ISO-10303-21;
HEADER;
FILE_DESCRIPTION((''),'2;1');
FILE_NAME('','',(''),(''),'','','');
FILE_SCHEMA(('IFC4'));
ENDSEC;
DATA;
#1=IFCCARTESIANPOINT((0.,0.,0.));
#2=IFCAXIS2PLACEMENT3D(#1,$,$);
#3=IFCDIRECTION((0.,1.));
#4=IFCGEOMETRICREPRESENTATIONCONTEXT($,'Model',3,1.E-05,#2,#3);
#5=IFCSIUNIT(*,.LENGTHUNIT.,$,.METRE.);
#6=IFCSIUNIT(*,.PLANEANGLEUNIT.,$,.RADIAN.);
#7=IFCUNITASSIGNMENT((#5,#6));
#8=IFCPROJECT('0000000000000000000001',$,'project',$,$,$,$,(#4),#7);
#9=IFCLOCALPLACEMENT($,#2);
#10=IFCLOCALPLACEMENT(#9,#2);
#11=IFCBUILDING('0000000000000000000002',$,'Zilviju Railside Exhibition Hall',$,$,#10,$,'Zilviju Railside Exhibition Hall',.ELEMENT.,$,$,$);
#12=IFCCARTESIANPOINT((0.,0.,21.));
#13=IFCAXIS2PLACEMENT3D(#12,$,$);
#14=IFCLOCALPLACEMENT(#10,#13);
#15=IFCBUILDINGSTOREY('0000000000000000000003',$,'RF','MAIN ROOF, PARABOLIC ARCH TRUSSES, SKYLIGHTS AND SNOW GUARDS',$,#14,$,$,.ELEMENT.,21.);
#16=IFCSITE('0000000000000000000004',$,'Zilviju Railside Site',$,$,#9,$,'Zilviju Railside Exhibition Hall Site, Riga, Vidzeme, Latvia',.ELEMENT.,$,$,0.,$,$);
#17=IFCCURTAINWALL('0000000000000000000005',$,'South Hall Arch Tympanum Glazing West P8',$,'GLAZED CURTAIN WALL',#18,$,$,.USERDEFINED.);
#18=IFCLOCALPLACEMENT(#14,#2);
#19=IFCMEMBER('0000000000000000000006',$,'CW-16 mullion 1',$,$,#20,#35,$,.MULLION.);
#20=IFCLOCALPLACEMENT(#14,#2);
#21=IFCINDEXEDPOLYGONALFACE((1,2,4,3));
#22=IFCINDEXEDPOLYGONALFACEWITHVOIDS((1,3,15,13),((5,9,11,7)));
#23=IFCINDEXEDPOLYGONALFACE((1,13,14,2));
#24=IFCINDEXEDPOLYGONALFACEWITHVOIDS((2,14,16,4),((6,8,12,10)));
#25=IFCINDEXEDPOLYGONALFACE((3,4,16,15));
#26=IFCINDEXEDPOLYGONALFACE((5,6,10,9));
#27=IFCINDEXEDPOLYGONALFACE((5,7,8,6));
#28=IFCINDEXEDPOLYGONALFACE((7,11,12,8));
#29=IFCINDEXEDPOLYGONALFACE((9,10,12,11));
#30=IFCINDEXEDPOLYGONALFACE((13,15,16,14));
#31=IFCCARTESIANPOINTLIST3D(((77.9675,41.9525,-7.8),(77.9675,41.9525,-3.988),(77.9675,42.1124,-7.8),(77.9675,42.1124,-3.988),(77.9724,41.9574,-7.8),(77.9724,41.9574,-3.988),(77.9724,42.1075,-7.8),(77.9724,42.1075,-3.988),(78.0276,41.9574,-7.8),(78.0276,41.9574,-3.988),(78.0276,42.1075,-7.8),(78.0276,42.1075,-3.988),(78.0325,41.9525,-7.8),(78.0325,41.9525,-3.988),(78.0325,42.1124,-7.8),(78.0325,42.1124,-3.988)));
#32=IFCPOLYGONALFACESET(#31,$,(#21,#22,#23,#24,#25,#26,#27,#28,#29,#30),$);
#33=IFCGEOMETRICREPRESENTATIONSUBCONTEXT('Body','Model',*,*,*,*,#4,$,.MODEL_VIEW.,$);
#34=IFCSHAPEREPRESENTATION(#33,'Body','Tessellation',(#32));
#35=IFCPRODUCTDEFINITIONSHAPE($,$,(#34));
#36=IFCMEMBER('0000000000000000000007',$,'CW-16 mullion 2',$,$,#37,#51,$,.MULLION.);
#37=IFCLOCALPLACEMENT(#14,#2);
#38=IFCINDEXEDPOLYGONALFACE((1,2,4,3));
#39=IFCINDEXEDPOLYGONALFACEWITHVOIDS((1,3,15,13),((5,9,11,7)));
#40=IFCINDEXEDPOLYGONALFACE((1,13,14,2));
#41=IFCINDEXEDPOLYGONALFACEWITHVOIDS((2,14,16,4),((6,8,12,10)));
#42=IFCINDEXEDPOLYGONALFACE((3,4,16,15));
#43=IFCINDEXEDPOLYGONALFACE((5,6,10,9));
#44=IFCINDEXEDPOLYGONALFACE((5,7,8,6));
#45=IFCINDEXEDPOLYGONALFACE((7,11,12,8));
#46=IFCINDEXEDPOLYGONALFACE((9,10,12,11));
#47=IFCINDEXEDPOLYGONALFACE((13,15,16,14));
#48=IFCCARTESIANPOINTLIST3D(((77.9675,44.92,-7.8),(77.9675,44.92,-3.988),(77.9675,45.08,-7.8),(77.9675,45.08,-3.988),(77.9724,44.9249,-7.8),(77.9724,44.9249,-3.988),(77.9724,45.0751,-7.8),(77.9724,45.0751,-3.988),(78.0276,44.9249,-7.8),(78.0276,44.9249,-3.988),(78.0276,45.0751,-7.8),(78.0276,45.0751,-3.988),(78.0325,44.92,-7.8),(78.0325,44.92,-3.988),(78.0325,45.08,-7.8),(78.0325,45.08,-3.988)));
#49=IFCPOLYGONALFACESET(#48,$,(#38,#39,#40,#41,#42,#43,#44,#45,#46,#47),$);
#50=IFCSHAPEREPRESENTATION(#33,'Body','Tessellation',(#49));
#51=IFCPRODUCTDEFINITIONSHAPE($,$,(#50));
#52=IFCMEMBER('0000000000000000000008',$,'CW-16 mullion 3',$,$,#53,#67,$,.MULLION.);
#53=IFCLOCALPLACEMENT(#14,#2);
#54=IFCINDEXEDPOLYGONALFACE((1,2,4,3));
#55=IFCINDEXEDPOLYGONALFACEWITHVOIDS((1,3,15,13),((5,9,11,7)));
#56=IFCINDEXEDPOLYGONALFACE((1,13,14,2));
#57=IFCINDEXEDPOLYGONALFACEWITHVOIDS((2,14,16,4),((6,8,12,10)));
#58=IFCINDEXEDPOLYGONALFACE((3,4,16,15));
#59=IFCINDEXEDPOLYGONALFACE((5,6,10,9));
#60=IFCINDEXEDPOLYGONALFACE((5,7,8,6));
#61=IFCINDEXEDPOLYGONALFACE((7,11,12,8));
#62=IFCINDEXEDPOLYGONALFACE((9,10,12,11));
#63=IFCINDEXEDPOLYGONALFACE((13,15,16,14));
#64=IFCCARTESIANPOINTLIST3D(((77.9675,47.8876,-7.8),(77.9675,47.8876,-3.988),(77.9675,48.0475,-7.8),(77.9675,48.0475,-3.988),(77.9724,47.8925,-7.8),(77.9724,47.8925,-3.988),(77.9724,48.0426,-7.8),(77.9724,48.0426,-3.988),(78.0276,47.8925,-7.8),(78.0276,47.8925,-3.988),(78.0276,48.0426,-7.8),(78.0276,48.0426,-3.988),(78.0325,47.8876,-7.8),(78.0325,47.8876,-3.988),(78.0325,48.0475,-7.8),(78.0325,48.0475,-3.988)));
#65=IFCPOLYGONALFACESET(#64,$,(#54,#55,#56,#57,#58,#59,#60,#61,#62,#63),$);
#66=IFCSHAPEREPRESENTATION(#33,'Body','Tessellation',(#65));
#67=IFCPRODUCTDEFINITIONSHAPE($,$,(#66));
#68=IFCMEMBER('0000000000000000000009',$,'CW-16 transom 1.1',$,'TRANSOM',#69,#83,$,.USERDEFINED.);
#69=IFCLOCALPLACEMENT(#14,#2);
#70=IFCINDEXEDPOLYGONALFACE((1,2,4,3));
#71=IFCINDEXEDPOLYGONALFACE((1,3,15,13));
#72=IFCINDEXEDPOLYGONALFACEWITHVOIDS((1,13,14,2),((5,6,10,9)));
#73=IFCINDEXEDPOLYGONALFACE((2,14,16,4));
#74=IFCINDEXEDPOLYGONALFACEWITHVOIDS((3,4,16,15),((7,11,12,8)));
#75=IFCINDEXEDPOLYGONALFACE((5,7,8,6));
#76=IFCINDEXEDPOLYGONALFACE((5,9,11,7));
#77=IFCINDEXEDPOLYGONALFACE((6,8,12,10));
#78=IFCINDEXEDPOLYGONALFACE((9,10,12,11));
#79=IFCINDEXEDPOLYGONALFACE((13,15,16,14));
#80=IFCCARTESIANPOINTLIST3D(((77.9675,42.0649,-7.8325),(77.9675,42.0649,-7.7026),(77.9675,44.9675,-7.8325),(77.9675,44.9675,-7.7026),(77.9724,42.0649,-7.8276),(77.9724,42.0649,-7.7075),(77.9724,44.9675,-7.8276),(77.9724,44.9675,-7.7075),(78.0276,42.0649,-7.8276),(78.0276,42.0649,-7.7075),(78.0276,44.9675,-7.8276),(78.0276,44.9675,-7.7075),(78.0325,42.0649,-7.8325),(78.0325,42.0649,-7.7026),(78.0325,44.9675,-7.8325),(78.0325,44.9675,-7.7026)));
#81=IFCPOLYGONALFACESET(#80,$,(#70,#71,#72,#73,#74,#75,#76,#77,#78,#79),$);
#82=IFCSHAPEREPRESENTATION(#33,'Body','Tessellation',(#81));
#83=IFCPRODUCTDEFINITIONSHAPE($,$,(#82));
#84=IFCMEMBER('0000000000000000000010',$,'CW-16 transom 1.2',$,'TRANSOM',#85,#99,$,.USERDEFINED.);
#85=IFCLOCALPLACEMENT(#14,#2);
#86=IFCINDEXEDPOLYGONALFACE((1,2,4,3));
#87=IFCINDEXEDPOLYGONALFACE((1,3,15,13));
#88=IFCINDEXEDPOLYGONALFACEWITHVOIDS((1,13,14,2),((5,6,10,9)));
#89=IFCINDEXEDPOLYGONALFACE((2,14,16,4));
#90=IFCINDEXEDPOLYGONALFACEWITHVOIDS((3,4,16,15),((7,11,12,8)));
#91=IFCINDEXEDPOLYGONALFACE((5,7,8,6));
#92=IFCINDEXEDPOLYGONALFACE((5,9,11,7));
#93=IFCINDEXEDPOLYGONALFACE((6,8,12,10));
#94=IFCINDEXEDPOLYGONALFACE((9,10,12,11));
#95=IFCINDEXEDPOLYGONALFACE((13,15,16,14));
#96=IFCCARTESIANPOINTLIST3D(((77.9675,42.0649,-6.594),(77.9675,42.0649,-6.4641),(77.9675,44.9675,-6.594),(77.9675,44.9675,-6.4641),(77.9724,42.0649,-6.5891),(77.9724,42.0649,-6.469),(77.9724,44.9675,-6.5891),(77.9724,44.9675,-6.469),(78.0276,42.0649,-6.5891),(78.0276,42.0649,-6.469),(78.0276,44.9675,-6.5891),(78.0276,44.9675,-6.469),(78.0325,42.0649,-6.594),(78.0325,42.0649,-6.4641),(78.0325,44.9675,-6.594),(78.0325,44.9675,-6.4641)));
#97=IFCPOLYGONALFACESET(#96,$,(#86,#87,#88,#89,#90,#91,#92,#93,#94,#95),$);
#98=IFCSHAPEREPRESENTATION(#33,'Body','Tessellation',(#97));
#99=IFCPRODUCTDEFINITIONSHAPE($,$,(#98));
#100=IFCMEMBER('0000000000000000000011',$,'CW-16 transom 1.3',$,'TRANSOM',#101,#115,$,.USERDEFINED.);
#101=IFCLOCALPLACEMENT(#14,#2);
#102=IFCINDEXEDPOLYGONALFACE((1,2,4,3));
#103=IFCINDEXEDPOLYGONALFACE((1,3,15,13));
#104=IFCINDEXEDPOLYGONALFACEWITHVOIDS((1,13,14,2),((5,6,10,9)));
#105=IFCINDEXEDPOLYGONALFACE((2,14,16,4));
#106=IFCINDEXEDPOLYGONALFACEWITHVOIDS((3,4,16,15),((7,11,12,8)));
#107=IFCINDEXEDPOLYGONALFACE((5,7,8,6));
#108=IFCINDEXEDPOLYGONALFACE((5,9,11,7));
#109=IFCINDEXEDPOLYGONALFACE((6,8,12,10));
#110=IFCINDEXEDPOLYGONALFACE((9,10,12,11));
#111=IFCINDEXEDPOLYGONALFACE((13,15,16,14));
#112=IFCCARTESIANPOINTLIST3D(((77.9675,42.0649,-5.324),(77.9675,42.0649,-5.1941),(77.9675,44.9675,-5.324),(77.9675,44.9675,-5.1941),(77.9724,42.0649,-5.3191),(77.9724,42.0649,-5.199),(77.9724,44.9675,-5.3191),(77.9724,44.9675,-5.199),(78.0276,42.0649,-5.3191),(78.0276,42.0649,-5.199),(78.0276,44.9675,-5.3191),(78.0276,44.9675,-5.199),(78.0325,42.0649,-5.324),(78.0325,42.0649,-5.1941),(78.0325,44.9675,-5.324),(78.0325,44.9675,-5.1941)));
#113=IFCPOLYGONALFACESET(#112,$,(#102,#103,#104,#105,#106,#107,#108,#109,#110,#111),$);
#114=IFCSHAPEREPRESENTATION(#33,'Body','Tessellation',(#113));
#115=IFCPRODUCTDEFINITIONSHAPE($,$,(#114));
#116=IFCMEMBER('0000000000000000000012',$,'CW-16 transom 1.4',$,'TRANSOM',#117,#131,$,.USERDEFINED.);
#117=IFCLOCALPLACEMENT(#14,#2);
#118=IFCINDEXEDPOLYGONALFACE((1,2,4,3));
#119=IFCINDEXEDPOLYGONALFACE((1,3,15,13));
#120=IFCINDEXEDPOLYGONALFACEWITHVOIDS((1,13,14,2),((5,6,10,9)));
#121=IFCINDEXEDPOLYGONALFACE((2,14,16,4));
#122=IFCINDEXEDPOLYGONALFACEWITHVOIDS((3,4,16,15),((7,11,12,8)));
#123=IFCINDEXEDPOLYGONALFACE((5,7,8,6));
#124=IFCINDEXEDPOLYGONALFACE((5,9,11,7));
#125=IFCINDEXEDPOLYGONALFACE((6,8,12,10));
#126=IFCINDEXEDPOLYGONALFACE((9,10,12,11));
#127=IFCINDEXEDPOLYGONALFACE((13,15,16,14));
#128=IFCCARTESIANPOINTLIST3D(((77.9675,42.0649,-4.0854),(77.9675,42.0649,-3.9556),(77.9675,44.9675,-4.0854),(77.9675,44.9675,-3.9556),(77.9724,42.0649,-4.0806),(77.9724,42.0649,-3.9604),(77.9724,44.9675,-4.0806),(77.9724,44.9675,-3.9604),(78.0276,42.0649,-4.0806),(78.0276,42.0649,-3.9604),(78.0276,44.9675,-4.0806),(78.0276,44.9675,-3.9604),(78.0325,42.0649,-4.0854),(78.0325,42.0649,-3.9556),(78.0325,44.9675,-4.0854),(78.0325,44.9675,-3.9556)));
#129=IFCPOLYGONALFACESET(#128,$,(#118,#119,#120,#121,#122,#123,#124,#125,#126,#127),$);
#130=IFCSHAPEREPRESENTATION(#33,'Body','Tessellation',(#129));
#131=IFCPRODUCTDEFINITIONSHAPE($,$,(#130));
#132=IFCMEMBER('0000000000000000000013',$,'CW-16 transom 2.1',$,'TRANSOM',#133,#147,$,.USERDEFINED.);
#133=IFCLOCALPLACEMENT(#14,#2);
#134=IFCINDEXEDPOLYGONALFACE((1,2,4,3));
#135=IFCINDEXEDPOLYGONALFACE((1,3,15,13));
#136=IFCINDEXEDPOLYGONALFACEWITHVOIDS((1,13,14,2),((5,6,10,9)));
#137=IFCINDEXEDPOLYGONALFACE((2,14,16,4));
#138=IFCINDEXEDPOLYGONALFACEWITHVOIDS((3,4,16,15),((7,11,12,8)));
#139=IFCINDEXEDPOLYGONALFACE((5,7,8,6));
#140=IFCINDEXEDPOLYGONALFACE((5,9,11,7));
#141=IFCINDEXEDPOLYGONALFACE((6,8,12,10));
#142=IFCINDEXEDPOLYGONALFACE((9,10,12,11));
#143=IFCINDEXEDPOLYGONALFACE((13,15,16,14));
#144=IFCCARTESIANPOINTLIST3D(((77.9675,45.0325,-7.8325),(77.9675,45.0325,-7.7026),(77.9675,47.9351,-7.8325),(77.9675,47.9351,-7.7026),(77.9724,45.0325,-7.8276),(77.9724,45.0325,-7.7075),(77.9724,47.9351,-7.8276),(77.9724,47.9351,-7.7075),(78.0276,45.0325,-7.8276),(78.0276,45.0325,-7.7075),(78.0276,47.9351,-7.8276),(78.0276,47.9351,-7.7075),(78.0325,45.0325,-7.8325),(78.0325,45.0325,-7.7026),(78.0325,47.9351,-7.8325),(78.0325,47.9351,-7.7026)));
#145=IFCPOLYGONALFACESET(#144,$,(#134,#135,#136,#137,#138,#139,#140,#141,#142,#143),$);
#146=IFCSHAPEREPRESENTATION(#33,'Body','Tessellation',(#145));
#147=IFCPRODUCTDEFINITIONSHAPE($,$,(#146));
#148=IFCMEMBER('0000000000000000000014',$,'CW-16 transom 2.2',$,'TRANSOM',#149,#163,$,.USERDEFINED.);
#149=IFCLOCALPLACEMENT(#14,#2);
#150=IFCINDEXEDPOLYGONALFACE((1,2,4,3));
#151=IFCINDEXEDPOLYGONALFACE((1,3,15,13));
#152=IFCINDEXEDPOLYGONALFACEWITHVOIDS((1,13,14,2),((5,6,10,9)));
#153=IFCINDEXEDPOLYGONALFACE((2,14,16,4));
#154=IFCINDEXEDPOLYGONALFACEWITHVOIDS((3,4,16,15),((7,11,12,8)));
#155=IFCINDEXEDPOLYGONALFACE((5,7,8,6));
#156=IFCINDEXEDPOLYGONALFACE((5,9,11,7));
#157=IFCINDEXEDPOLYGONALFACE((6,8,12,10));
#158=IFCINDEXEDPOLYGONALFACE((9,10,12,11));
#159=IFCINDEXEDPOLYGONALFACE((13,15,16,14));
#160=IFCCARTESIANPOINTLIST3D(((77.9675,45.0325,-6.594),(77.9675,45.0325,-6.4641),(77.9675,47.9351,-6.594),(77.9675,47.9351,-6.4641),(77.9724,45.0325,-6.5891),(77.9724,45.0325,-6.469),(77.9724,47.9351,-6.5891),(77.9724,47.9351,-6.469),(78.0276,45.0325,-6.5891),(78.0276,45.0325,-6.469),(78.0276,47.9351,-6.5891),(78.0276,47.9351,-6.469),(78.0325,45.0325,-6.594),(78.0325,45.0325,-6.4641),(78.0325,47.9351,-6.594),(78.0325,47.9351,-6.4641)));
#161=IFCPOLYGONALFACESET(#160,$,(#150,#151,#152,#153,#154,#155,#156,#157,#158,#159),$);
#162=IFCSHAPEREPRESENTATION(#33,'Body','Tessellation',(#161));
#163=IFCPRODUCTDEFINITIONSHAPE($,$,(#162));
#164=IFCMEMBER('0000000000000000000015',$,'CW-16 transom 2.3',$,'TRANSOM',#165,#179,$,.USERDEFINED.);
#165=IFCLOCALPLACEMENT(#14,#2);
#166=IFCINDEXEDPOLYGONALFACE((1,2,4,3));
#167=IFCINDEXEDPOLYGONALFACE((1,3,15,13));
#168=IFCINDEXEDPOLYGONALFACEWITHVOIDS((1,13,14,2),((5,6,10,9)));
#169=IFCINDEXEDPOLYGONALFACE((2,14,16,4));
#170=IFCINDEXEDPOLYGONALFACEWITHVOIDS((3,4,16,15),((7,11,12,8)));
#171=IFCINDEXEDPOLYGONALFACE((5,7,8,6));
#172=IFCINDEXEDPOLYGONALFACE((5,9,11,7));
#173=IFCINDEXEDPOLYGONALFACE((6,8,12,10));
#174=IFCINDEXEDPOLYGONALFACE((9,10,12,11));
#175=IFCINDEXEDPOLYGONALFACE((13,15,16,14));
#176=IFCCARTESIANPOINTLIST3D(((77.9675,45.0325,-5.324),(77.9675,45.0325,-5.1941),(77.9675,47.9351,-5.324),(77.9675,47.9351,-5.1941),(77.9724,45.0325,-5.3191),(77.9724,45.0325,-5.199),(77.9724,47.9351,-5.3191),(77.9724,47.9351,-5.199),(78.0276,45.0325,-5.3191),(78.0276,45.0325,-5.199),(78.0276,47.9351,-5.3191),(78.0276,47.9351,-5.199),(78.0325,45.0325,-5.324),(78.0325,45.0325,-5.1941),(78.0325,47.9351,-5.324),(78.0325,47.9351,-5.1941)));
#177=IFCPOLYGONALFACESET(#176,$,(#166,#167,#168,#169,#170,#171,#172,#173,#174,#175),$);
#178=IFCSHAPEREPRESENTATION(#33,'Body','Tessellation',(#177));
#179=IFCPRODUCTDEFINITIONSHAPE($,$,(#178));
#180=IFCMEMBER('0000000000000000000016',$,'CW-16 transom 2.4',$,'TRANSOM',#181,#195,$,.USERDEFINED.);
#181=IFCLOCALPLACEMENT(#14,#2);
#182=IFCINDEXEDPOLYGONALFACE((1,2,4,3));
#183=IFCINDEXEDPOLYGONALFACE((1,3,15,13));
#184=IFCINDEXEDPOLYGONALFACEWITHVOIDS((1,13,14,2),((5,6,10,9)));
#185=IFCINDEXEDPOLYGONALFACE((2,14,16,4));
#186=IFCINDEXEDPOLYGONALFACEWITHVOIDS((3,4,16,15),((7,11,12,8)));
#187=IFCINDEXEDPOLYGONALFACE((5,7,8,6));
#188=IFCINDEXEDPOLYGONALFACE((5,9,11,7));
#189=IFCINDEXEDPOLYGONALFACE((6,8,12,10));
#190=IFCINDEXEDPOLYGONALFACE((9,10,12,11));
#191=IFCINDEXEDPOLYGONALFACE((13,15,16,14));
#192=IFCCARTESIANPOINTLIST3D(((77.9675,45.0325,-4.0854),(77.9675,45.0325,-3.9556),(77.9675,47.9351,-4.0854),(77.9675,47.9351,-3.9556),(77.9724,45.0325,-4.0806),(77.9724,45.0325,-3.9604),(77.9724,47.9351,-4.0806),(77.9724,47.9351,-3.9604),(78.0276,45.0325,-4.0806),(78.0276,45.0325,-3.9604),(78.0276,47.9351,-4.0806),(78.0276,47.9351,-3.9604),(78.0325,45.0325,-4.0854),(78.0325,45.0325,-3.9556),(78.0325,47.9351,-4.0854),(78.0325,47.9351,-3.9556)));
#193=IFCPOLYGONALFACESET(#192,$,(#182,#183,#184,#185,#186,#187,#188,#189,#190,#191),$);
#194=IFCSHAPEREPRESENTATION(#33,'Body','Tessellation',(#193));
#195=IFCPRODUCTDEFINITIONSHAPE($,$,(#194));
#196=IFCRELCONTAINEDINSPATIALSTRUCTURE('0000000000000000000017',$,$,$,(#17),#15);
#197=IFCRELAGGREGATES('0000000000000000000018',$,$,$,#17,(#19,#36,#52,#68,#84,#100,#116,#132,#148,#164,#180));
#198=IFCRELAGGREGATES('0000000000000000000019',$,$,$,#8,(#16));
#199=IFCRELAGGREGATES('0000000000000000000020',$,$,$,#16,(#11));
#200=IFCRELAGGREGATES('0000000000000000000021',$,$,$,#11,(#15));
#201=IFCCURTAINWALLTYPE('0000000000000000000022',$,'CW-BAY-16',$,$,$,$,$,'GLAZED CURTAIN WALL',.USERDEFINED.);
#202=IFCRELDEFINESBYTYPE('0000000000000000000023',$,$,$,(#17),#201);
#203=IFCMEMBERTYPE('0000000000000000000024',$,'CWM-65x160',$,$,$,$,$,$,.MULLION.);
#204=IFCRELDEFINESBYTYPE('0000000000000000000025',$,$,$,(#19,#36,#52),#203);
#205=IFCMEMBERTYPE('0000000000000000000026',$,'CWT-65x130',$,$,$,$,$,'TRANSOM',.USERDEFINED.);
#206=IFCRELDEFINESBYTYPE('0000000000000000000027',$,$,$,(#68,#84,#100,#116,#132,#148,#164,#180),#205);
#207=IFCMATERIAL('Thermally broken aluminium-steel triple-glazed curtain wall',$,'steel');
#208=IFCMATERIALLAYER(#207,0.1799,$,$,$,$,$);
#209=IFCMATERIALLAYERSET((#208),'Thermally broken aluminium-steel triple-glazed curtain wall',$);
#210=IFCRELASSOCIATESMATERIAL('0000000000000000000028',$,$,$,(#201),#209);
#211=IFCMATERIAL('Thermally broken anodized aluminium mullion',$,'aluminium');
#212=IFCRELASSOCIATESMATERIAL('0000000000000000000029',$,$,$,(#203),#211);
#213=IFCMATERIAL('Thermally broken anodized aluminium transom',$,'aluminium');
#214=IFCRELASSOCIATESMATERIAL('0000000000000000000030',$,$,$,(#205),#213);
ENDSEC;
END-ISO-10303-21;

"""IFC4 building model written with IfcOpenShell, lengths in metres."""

from ifc_helpers import new_model, si_unit, direction, frame, origin, origin_2d, place, context, subcontext, project, spatial, hollow_rectangle, extrude, material, layer, layer_set, material_profile, profile_set, type_object, element, aggregate, save


model = new_model("IFC4")

# Units and contexts
model_context = context("Model", 3, precision=1e-05, world=origin(), true_north=direction((0.0, 1.0)))
body_context = subcontext(model_context, "Body", "Model", "MODEL_VIEW")
ifc_project = project(units=[si_unit("LENGTHUNIT", "METRE"), si_unit("PLANEANGLEUNIT", "RADIAN")], contexts=[model_context])

# Site, building, storey
site_placement = place(None, origin())
site = spatial("IfcSite", under=ifc_project, at=site_placement, Name="Zilviju Railside Site", LongName="Zilviju Railside Exhibition Hall Site, Riga, Vidzeme, Latvia", CompositionType="ELEMENT", RefElevation=0.0)
building_placement = place(site_placement, origin())
building = spatial("IfcBuilding", under=site, at=building_placement, Name="Zilviju Railside Exhibition Hall", LongName="Zilviju Railside Exhibition Hall", CompositionType="ELEMENT")
storey_placement = place(building_placement, frame((0.0, 0.0, 21.0)))
storey = spatial("IfcBuildingStorey", under=building, at=storey_placement, Name="RF", Description="MAIN ROOF, PARABOLIC ARCH TRUSSES, SKYLIGHTS AND SNOW GUARDS", CompositionType="ELEMENT", Elevation=21.0)

# Curtain wall, members
ifc_material_1 = material(Name="Thermally broken aluminium-steel triple-glazed curtain wall", Category="steel")
ifc_layer_1 = layer(ifc_material_1, 0.1799)
ifc_layer_set_1 = layer_set([ifc_layer_1], Name="Thermally broken aluminium-steel triple-glazed curtain wall")
curtain_wall_type = type_object("IfcCurtainWallType", Name="CW-BAY-16", ElementType="GLAZED CURTAIN WALL", PredefinedType="USERDEFINED", material=ifc_layer_set_1)
curtain_wall_placement = place(storey_placement, origin())
curtain_wall = element("IfcCurtainWall", 1, at=curtain_wall_placement, inside=storey, type_object=curtain_wall_type, Name="South Hall Arch Tympanum Glazing West P8", ObjectType="GLAZED CURTAIN WALL", PredefinedType="USERDEFINED")
ifc_material_2 = material(Name="Thermally broken anodized aluminium mullion", Category="aluminium")
ifc_material_profile_1 = material_profile(ifc_material_2, hollow_rectangle(XDim=0.0649, YDim=0.1599, WallThickness=0.0049, at=origin_2d()), Name="MULLION 160x65x5")
ifc_profile_set_1 = profile_set([ifc_material_profile_1], Name="Thermally broken anodized aluminium mullion")
member_type_1 = type_object("IfcMemberType", Name="CWM-65x160", PredefinedType="MULLION", material=ifc_profile_set_1)
member_1_placement = place(storey_placement, frame((78.0, 42.0325, -7.8), z_axis=(0.0, 0.0, 1.0), x_axis=(-1.0, 0.0, 0.0)))
member_1 = element("IfcMember", 2, at=member_1_placement, type_object=member_type_1, Name="CW-16 mullion 1", PredefinedType="MULLION", context=body_context, shape_type="SweptSolid", body=[
    extrude(hollow_rectangle(XDim=0.0649, YDim=0.1599, WallThickness=0.0049, at=origin_2d()), origin(), (0.0, 0.0, 1.0), 3.812),
])
member_2_placement = place(storey_placement, frame((78.0, 45.0, -7.8), z_axis=(0.0, 0.0, 1.0), x_axis=(-1.0, 0.0, 0.0)))
member_2 = element("IfcMember", 3, at=member_2_placement, type_object=member_type_1, Name="CW-16 mullion 2", PredefinedType="MULLION", context=body_context, shape_type="SweptSolid", body=[
    extrude(hollow_rectangle(XDim=0.0649, YDim=0.1599, WallThickness=0.0049, at=origin_2d()), origin(), (0.0, 0.0, 1.0), 3.812),
])
member_3_placement = place(storey_placement, frame((78.0, 47.9675, -7.8), z_axis=(0.0, 0.0, 1.0), x_axis=(-1.0, 0.0, 0.0)))
member_3 = element("IfcMember", 4, at=member_3_placement, type_object=member_type_1, Name="CW-16 mullion 3", PredefinedType="MULLION", context=body_context, shape_type="SweptSolid", body=[
    extrude(hollow_rectangle(XDim=0.0649, YDim=0.1599, WallThickness=0.0049, at=origin_2d()), origin(), (0.0, 0.0, 1.0), 3.812),
])
ifc_material_3 = material(Name="Thermally broken anodized aluminium transom", Category="aluminium")
ifc_material_profile_2 = material_profile(ifc_material_3, hollow_rectangle(XDim=0.0649, YDim=0.1299, WallThickness=0.0049, at=origin_2d()), Name="TRANSOM 130x65x5")
ifc_profile_set_2 = profile_set([ifc_material_profile_2], Name="Thermally broken anodized aluminium transom")
member_type_2 = type_object("IfcMemberType", Name="CWT-65x130", ElementType="TRANSOM", PredefinedType="USERDEFINED", material=ifc_profile_set_2)
member_4_placement = place(storey_placement, frame((78.0, 42.0649, -7.7676), z_axis=(0.0, 1.0, 0.0), x_axis=(-1.0, 0.0, 0.0)))
member_4 = element("IfcMember", 5, at=member_4_placement, type_object=member_type_2, Name="CW-16 transom 1.1", ObjectType="TRANSOM", PredefinedType="USERDEFINED", context=body_context, shape_type="SweptSolid", body=[
    extrude(hollow_rectangle(XDim=0.0649, YDim=0.1299, WallThickness=0.0049, at=origin_2d()), origin(), (0.0, 0.0, 1.0), 2.9026),
])
member_5_placement = place(storey_placement, frame((78.0, 42.0649, -6.5291), z_axis=(0.0, 1.0, 0.0), x_axis=(-1.0, 0.0, 0.0)))
member_5 = element("IfcMember", 6, at=member_5_placement, type_object=member_type_2, Name="CW-16 transom 1.2", ObjectType="TRANSOM", PredefinedType="USERDEFINED", context=body_context, shape_type="SweptSolid", body=[
    extrude(hollow_rectangle(XDim=0.0649, YDim=0.1299, WallThickness=0.0049, at=origin_2d()), origin(), (0.0, 0.0, 1.0), 2.9026),
])
member_6_placement = place(storey_placement, frame((78.0, 42.0649, -5.259), z_axis=(0.0, 1.0, 0.0), x_axis=(-1.0, 0.0, 0.0)))
member_6 = element("IfcMember", 7, at=member_6_placement, type_object=member_type_2, Name="CW-16 transom 1.3", ObjectType="TRANSOM", PredefinedType="USERDEFINED", context=body_context, shape_type="SweptSolid", body=[
    extrude(hollow_rectangle(XDim=0.0649, YDim=0.1299, WallThickness=0.0049, at=origin_2d()), origin(), (0.0, 0.0, 1.0), 2.9026),
])
member_7_placement = place(storey_placement, frame((78.0, 42.0649, -4.0205), z_axis=(0.0, 1.0, 0.0), x_axis=(-1.0, 0.0, 0.0)))
member_7 = element("IfcMember", 8, at=member_7_placement, type_object=member_type_2, Name="CW-16 transom 1.4", ObjectType="TRANSOM", PredefinedType="USERDEFINED", context=body_context, shape_type="SweptSolid", body=[
    extrude(hollow_rectangle(XDim=0.0649, YDim=0.1299, WallThickness=0.0049, at=origin_2d()), origin(), (0.0, 0.0, 1.0), 2.9026),
])
member_8_placement = place(storey_placement, frame((78.0, 45.0325, -7.7676), z_axis=(0.0, 1.0, 0.0), x_axis=(-1.0, 0.0, 0.0)))
member_8 = element("IfcMember", 9, at=member_8_placement, type_object=member_type_2, Name="CW-16 transom 2.1", ObjectType="TRANSOM", PredefinedType="USERDEFINED", context=body_context, shape_type="SweptSolid", body=[
    extrude(hollow_rectangle(XDim=0.0649, YDim=0.1299, WallThickness=0.0049, at=origin_2d()), origin(), (0.0, 0.0, 1.0), 2.9026),
])
member_9_placement = place(storey_placement, frame((78.0, 45.0325, -6.5291), z_axis=(0.0, 1.0, 0.0), x_axis=(-1.0, 0.0, 0.0)))
member_9 = element("IfcMember", 10, at=member_9_placement, type_object=member_type_2, Name="CW-16 transom 2.2", ObjectType="TRANSOM", PredefinedType="USERDEFINED", context=body_context, shape_type="SweptSolid", body=[
    extrude(hollow_rectangle(XDim=0.0649, YDim=0.1299, WallThickness=0.0049, at=origin_2d()), origin(), (0.0, 0.0, 1.0), 2.9026),
])
member_10_placement = place(storey_placement, frame((78.0, 45.0325, -5.259), z_axis=(0.0, 1.0, 0.0), x_axis=(-1.0, 0.0, 0.0)))
member_10 = element("IfcMember", 11, at=member_10_placement, type_object=member_type_2, Name="CW-16 transom 2.3", ObjectType="TRANSOM", PredefinedType="USERDEFINED", context=body_context, shape_type="SweptSolid", body=[
    extrude(hollow_rectangle(XDim=0.0649, YDim=0.1299, WallThickness=0.0049, at=origin_2d()), origin(), (0.0, 0.0, 1.0), 2.9026),
])
member_11_placement = place(storey_placement, frame((78.0, 45.0325, -4.0205), z_axis=(0.0, 1.0, 0.0), x_axis=(-1.0, 0.0, 0.0)))
member_11 = element("IfcMember", 12, at=member_11_placement, type_object=member_type_2, Name="CW-16 transom 2.4", ObjectType="TRANSOM", PredefinedType="USERDEFINED", context=body_context, shape_type="SweptSolid", body=[
    extrude(hollow_rectangle(XDim=0.0649, YDim=0.1299, WallThickness=0.0049, at=origin_2d()), origin(), (0.0, 0.0, 1.0), 2.9026),
])

aggregate(curtain_wall, [member_1, member_2, member_3, member_4, member_5, member_6, member_7, member_8, member_9, member_10, member_11])

save(model, "model.ifc")
